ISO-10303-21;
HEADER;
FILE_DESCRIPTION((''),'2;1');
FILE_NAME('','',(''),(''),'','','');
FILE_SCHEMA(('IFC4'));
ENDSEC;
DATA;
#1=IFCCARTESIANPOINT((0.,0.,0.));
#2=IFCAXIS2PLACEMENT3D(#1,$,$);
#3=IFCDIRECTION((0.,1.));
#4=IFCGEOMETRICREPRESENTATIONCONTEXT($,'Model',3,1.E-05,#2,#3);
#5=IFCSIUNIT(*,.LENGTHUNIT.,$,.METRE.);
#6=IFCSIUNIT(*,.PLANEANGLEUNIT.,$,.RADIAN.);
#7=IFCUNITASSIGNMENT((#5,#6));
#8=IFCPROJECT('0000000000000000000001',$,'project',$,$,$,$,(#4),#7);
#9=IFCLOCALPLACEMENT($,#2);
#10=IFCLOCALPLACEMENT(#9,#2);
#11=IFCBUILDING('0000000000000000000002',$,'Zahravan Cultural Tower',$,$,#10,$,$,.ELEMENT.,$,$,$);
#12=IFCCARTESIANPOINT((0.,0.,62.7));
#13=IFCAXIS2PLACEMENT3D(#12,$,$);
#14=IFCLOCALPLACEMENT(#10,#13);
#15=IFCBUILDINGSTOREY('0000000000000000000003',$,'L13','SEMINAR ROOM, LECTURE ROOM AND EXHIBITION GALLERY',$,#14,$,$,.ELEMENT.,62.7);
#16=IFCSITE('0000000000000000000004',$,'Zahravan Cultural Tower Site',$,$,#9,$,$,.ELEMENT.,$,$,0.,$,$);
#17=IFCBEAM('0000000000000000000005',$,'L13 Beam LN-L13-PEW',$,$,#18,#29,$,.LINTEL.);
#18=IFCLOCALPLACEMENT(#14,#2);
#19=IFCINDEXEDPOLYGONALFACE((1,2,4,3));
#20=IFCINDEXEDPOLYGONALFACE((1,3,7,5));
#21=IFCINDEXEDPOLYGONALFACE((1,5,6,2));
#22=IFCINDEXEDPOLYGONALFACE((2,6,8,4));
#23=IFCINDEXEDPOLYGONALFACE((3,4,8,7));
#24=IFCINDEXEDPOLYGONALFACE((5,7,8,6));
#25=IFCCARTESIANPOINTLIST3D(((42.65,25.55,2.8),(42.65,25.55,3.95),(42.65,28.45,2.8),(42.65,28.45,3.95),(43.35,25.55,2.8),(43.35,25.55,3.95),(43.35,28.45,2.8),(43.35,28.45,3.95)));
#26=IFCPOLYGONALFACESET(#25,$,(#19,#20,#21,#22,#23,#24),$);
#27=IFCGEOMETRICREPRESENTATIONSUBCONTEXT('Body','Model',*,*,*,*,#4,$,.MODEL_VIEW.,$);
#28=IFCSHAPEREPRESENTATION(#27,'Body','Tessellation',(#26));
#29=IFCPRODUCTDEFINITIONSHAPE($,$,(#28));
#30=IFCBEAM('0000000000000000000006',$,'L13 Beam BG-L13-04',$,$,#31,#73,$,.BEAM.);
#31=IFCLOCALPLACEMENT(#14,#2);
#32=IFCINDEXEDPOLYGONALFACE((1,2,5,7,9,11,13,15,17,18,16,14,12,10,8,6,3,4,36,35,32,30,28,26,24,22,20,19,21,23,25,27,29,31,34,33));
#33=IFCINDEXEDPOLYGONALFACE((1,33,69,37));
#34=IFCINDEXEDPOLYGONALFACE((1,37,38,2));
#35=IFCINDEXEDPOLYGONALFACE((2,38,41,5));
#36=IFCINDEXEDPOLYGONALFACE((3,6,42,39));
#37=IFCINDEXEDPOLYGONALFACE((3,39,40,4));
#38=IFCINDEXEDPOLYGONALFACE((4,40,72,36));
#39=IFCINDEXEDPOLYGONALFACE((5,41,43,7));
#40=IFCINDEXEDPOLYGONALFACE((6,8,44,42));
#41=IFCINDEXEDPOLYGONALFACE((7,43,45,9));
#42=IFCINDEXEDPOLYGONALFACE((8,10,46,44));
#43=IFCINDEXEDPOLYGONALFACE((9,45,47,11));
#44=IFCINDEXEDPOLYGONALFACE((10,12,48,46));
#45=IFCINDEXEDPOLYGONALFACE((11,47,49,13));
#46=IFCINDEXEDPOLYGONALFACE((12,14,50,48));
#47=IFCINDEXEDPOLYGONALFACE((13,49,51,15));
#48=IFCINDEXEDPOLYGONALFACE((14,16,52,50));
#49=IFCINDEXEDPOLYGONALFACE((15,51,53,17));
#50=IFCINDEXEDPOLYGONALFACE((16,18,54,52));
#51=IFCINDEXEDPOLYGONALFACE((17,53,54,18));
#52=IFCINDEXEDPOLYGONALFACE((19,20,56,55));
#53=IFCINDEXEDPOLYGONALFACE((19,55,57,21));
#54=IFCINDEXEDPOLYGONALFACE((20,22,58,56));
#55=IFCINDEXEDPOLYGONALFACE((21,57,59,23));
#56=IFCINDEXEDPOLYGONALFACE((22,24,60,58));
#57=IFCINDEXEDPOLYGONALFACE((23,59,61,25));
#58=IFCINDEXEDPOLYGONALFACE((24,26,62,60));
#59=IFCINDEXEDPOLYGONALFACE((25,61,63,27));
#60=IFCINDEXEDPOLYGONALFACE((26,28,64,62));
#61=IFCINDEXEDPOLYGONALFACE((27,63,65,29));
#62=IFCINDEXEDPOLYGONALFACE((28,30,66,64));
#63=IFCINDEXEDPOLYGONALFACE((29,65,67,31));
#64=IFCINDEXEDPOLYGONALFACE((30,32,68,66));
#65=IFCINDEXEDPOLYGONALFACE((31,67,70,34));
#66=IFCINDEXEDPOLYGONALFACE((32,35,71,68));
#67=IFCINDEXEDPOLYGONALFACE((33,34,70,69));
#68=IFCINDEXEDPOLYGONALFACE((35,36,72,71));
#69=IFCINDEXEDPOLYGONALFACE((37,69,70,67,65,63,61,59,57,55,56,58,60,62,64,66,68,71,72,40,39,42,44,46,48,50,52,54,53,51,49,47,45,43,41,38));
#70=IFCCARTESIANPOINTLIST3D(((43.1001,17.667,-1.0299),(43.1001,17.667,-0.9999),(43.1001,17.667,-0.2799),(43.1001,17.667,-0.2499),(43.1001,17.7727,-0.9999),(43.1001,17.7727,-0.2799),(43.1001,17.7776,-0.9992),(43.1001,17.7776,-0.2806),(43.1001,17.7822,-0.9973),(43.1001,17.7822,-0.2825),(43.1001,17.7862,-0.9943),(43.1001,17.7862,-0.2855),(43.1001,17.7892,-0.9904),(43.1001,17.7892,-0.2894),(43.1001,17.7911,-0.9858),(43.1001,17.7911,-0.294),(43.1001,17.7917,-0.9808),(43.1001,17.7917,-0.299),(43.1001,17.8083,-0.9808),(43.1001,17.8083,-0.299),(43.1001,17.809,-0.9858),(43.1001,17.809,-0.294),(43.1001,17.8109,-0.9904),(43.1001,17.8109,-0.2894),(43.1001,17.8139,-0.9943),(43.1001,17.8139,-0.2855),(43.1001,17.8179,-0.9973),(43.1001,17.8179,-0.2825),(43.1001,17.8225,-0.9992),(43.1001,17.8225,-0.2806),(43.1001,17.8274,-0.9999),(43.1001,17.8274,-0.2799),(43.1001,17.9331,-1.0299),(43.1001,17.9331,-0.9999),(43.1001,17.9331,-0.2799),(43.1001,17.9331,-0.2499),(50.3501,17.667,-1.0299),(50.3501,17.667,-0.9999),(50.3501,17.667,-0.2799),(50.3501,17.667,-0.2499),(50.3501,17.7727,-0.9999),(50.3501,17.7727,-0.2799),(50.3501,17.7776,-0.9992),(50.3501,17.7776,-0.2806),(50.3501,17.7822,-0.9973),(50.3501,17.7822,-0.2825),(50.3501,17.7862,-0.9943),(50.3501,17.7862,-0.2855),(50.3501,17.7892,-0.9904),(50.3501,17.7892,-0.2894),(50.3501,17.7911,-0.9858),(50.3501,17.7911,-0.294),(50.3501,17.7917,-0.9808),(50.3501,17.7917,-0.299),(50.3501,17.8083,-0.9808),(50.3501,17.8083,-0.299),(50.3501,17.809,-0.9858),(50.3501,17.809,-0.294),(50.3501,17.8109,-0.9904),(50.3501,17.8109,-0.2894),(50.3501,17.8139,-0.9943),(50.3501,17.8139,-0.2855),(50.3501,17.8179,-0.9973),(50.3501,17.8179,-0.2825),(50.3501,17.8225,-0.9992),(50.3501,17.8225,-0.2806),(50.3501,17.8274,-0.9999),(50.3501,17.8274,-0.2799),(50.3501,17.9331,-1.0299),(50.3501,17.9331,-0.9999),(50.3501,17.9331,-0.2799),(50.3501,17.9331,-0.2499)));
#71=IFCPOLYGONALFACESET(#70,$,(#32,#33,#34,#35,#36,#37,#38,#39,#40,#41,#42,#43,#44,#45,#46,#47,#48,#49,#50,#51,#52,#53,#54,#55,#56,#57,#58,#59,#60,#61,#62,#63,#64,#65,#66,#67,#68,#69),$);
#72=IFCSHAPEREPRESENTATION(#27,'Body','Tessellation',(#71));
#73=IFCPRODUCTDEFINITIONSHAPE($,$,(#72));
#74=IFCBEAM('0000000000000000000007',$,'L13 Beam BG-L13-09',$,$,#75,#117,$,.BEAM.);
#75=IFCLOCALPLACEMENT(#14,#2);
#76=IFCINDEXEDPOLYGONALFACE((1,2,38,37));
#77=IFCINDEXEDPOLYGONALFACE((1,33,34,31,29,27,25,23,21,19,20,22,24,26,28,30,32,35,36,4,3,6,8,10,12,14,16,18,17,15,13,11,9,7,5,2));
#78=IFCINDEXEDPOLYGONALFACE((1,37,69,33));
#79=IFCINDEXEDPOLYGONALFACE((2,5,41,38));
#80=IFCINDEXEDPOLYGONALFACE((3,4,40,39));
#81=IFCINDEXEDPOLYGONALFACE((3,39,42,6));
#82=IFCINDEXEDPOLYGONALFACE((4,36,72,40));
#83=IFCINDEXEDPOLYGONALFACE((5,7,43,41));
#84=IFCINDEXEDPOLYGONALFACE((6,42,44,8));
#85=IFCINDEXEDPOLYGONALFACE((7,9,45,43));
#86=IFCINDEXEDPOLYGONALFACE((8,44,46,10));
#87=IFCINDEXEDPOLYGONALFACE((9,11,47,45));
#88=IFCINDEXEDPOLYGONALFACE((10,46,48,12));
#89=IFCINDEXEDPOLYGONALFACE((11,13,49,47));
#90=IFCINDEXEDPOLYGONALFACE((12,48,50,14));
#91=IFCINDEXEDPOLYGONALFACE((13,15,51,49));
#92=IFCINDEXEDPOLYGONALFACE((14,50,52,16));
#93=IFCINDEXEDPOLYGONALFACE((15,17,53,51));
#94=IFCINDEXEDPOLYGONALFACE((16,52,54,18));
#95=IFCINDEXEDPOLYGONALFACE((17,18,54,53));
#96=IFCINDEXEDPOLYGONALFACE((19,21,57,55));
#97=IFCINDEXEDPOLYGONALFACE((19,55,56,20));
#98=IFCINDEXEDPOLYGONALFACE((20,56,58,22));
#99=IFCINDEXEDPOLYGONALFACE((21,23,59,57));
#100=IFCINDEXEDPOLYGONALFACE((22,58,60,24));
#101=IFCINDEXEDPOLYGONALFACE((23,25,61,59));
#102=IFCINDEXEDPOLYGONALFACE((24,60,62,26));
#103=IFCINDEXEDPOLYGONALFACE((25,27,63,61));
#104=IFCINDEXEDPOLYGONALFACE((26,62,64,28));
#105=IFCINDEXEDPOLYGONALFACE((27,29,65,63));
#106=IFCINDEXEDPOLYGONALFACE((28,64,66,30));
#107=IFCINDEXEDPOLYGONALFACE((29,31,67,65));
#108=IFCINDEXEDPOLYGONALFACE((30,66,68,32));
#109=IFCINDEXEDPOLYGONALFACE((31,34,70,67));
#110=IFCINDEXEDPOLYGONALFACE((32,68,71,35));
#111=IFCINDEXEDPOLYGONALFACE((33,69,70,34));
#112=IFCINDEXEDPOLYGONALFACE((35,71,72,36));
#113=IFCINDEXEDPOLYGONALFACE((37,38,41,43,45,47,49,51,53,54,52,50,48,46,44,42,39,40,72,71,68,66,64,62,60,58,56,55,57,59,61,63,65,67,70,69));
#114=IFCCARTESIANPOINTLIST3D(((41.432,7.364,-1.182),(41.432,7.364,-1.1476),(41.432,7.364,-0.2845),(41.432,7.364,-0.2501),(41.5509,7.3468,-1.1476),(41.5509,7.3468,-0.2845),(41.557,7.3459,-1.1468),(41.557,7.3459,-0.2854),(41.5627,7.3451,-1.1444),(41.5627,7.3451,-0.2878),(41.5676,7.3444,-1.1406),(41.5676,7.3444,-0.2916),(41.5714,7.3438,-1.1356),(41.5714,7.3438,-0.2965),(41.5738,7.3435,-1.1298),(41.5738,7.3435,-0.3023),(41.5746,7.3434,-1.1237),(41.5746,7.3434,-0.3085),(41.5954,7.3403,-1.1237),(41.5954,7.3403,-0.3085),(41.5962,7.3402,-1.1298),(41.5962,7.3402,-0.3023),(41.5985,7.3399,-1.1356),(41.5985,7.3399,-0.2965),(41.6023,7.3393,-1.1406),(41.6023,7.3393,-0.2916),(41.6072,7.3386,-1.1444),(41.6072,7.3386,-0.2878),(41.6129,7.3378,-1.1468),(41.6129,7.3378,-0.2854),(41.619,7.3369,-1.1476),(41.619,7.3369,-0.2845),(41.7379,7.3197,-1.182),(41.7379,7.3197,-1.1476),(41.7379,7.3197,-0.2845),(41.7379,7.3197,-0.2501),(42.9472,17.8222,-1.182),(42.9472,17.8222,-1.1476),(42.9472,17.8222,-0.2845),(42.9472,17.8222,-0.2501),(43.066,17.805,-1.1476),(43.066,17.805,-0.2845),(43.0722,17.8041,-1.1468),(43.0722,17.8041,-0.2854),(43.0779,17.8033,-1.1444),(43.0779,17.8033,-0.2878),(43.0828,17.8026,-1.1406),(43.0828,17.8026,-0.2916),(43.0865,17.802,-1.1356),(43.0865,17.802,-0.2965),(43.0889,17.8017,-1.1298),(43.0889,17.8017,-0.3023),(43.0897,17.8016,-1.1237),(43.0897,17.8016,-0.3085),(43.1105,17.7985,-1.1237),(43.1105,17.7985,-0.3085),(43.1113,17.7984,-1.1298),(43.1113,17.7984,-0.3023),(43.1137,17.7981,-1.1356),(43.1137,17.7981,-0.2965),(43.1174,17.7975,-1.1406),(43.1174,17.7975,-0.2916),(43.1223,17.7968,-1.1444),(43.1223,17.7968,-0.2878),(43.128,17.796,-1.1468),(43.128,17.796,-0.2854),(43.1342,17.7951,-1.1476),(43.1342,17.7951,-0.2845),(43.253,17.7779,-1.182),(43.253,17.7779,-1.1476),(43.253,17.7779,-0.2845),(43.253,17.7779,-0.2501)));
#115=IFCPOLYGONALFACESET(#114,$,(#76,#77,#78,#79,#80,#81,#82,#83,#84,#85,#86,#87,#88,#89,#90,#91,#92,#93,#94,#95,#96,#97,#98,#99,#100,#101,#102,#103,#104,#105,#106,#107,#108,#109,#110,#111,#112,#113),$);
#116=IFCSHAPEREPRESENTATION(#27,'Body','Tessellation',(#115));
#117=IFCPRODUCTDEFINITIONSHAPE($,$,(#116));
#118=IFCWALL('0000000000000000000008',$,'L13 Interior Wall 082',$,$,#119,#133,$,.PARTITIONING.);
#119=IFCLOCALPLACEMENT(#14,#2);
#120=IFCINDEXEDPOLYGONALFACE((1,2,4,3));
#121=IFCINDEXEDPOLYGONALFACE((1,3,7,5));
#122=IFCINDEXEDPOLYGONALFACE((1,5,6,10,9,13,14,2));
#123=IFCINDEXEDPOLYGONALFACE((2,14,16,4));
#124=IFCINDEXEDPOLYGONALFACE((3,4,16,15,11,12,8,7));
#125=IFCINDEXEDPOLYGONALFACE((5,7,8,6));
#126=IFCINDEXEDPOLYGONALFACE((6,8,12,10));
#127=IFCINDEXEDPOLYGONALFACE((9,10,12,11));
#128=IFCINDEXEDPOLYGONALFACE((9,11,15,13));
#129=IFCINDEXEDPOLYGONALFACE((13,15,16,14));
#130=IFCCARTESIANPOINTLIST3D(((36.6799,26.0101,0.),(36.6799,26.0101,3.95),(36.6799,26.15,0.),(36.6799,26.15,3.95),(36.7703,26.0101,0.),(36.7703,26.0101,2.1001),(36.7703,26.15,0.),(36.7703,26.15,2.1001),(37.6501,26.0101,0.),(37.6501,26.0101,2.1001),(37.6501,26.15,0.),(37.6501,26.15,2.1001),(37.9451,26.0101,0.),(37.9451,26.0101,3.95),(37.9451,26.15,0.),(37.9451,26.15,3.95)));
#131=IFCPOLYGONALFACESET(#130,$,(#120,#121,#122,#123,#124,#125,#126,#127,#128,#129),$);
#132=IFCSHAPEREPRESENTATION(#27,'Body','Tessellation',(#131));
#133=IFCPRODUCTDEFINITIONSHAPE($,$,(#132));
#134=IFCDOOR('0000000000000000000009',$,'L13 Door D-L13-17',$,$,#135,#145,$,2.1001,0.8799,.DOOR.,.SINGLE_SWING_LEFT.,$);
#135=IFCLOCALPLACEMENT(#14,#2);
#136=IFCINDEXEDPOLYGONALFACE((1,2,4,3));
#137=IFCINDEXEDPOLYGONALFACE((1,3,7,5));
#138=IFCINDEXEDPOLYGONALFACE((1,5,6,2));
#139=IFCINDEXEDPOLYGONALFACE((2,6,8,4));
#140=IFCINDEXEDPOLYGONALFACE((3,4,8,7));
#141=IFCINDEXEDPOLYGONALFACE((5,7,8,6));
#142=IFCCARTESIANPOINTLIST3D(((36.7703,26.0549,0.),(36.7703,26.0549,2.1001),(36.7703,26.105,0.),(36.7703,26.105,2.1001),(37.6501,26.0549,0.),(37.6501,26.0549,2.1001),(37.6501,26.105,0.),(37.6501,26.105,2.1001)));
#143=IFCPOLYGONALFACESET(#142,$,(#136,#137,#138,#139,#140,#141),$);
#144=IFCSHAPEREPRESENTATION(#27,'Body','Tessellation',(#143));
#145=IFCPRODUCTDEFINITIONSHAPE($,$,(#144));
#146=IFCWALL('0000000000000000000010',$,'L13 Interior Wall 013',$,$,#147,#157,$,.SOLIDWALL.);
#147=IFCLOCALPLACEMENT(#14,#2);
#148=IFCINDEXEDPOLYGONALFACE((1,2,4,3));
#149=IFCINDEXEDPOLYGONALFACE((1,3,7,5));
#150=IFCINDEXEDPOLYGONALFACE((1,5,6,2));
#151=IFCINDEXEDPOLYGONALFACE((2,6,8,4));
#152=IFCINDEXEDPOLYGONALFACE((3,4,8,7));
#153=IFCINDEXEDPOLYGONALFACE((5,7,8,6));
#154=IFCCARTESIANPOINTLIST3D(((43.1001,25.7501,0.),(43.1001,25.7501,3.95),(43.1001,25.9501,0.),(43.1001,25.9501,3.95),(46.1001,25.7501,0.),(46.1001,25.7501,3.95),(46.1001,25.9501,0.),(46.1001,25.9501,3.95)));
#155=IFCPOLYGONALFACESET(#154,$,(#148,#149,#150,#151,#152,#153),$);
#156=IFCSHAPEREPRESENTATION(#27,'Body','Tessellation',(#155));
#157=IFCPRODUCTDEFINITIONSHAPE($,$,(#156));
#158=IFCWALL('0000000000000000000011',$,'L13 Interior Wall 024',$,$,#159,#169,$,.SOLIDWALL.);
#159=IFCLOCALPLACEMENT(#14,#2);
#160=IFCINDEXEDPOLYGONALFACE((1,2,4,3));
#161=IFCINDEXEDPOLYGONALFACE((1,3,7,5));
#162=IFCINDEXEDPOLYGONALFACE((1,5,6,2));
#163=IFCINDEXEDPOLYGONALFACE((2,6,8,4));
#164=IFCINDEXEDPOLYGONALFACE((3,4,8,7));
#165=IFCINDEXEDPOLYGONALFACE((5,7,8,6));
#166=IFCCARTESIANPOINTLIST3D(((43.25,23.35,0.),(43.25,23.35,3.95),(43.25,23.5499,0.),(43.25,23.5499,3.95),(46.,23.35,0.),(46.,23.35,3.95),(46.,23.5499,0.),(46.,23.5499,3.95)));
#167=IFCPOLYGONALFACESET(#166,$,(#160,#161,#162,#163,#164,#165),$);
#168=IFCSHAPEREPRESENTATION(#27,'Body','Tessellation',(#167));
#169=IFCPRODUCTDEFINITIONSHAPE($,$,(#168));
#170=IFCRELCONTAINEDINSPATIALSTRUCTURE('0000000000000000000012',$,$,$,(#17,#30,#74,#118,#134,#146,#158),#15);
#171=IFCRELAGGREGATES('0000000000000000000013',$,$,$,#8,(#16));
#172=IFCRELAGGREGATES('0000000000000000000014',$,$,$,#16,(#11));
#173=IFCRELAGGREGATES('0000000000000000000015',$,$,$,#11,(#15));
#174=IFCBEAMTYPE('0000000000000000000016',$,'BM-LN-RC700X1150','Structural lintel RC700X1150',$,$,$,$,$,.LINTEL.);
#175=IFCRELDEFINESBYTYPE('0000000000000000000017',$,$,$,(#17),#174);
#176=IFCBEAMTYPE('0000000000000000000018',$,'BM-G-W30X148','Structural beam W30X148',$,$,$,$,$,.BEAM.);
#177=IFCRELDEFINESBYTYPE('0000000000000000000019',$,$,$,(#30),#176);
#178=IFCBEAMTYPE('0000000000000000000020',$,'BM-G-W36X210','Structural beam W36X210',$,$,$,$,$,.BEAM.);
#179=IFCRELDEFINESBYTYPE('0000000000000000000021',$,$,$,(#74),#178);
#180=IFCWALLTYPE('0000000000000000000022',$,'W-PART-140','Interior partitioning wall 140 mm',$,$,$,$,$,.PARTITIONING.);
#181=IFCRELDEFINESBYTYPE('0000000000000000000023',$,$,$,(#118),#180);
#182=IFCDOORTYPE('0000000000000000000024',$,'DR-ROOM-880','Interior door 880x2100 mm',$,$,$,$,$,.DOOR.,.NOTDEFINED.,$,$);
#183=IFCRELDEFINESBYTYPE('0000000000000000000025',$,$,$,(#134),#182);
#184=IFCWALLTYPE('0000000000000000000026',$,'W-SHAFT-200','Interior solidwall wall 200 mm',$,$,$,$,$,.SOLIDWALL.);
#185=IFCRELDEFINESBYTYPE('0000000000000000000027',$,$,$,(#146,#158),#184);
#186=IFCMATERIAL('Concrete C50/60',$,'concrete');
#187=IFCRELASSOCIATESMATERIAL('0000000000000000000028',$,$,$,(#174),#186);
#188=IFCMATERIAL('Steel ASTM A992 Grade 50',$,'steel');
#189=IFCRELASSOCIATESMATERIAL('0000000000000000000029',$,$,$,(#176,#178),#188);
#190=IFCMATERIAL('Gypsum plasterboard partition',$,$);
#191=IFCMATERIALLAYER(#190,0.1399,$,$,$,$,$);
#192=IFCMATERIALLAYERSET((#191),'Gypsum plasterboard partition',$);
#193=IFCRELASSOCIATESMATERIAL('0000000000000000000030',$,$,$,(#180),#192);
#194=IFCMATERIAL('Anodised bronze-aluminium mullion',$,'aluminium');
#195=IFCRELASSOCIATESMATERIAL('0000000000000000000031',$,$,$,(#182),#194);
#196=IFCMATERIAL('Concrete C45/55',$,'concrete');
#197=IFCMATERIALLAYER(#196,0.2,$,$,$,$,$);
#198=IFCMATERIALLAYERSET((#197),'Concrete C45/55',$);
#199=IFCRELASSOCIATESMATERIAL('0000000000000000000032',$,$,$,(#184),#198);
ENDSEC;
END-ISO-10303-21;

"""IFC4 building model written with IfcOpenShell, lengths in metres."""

from ifc_helpers import new_model, si_unit, direction, frame, frame_2d, origin, origin_2d, place, context, subcontext, project, spatial, rectangle, i_section, extrude, source, transform, mapped, material, layer, layer_set, material_profile, profile_set, type_object, element, fill, save


model = new_model("IFC4")

# Units and contexts
model_context = context("Model", 3, precision=1e-05, world=origin(), true_north=direction((0.0, 1.0)))
body_context = subcontext(model_context, "Body", "Model", "MODEL_VIEW")
ifc_project = project(units=[si_unit("LENGTHUNIT", "METRE"), si_unit("PLANEANGLEUNIT", "RADIAN")], contexts=[model_context])

# Site, building, storey
site_placement = place(None, origin())
site = spatial("IfcSite", under=ifc_project, at=site_placement, Name="Zahravan Cultural Tower Site", CompositionType="ELEMENT", RefElevation=0.0)
building_placement = place(site_placement, origin())
building = spatial("IfcBuilding", under=site, at=building_placement, Name="Zahravan Cultural Tower", CompositionType="ELEMENT")
storey_placement = place(building_placement, frame((0.0, 0.0, 62.7)))
storey = spatial("IfcBuildingStorey", under=building, at=storey_placement, Name="L13", Description="SEMINAR ROOM, LECTURE ROOM AND EXHIBITION GALLERY", CompositionType="ELEMENT", Elevation=62.7)

# Beams
ifc_material_1 = material(Name="Concrete C50/60", Category="concrete")
ifc_material_profile_1 = material_profile(ifc_material_1, rectangle(XDim=0.7, YDim=1.1499, at=origin_2d()), Name="RC700X1150")
ifc_profile_set_1 = profile_set([ifc_material_profile_1], Name="Concrete C50/60")
beam_type_1 = type_object("IfcBeamType", Name="BM-LN-RC700X1150", Description="Structural lintel RC700X1150", PredefinedType="LINTEL", material=ifc_profile_set_1)
shared_shape_1 = source(origin(), body_context, "Body", "SweptSolid", [
    extrude(rectangle(XDim=0.7, YDim=1.1499, at=origin_2d()), origin(), (0.0, 0.0, 1.0), 2.8999),
])
beam_1_placement = place(storey_placement, frame((43.0, 25.55, 3.375), z_axis=(0.0, 1.0, 0.0), x_axis=(-1.0, 0.0, 0.0)))
element("IfcBeam", 1, at=beam_1_placement, inside=storey, type_object=beam_type_1, Name="L13 Beam LN-L13-PEW", PredefinedType="LINTEL", context=body_context, shape_type="MappedRepresentation", body=[
    mapped(shared_shape_1, transform((0.0, 0.0, 0.0), x_axis=(1.0, 0.0, 0.0), y_axis=(0.0, 1.0, 0.0), z_axis=(0.0, 0.0, 1.0), scale=1.0)),
])
ifc_material_2 = material(Name="Steel ASTM A992 Grade 50", Category="steel")
ifc_material_profile_2 = material_profile(ifc_material_2, i_section(OverallWidth=0.2661, OverallDepth=0.78, WebThickness=0.0166, FlangeThickness=0.03, FilletRadius=0.019, at=origin_2d()), Name="W30X148")
ifc_profile_set_2 = profile_set([ifc_material_profile_2], Name="Steel ASTM A992 Grade 50")
beam_type_2 = type_object("IfcBeamType", Name="BM-G-W30X148", Description="Structural beam W30X148", PredefinedType="BEAM", material=ifc_profile_set_2)
shared_shape_2 = source(origin(), body_context, "Body", "SweptSolid", [
    extrude(i_section(OverallWidth=0.2661, OverallDepth=0.78, WebThickness=0.0166, FlangeThickness=0.03, FilletRadius=0.019, at=origin_2d()), origin(), (0.0, 0.0, 1.0), 7.25),
])
beam_2_placement = place(storey_placement, frame((43.1001, 17.8, -0.6399), z_axis=(1.0, 0.0, 0.0), x_axis=(0.0, 1.0, 0.0)))
element("IfcBeam", 2, at=beam_2_placement, inside=storey, type_object=beam_type_2, Name="L13 Beam BG-L13-04", PredefinedType="BEAM", context=body_context, shape_type="MappedRepresentation", body=[
    mapped(shared_shape_2, transform((0.0, 0.0, 0.0), x_axis=(1.0, 0.0, 0.0), y_axis=(0.0, 1.0, 0.0), z_axis=(0.0, 0.0, 1.0), scale=1.0)),
])
ifc_material_profile_3 = material_profile(ifc_material_2, i_section(OverallWidth=0.3091, OverallDepth=0.9319, WebThickness=0.021, FlangeThickness=0.0344, FilletRadius=0.0239, at=origin_2d()), Name="W36X210")
ifc_profile_set_3 = profile_set([ifc_material_profile_3], Name="Steel ASTM A992 Grade 50")
beam_type_3 = type_object("IfcBeamType", Name="BM-G-W36X210", Description="Structural beam W36X210", PredefinedType="BEAM", material=ifc_profile_set_3)
shared_shape_3 = source(origin(), body_context, "Body", "SweptSolid", [
    extrude(i_section(OverallWidth=0.3091, OverallDepth=0.9319, WebThickness=0.021, FlangeThickness=0.0344, FilletRadius=0.0239, at=origin_2d()), origin(), (0.0, 0.0, 1.0), 10.5674),
])
beam_3_placement = place(storey_placement, frame((43.1001, 17.8, -0.7161), z_axis=(-0.143378, -0.989668, 0.0), x_axis=(0.989668, -0.143378, 0.0)))
element("IfcBeam", 3, at=beam_3_placement, inside=storey, type_object=beam_type_3, Name="L13 Beam BG-L13-09", PredefinedType="BEAM", context=body_context, shape_type="MappedRepresentation", body=[
    mapped(shared_shape_3, transform((0.0, 0.0, 0.0), x_axis=(1.0, 0.0, 0.0), y_axis=(0.0, 1.0, 0.0), z_axis=(0.0, 0.0, 1.0), scale=1.0)),
])

# Wall, opening, door
ifc_material_3 = material(Name="Gypsum plasterboard partition")
ifc_layer_1 = layer(ifc_material_3, 0.1399)
ifc_layer_set_1 = layer_set([ifc_layer_1], Name="Gypsum plasterboard partition")
wall_type_1 = type_object("IfcWallType", Name="W-PART-140", Description="Interior partitioning wall 140 mm", PredefinedType="PARTITIONING", material=ifc_layer_set_1)
wall_1_placement = place(storey_placement, frame((36.6799, 26.0801, 0.0), z_axis=(0.0, 0.0, 1.0), x_axis=(1.0, 0.0, 0.0)))
wall_1 = element("IfcWall", 4, at=wall_1_placement, inside=storey, type_object=wall_type_1, Name="L13 Interior Wall 082", PredefinedType="PARTITIONING", context=body_context, shape_type="SweptSolid", body=[
    extrude(rectangle(XDim=1.2651, YDim=0.1399, at=frame_2d((0.6326, 0.0))), origin(), (0.0, 0.0, 1.0), 3.95),
])
opening_1_placement = place(wall_1_placement, frame((0.0903, 0.0, 0.0)))
opening_1 = element("IfcOpeningElement", 5, at=opening_1_placement, cuts=wall_1, PredefinedType="OPENING", context=body_context, shape_type="SweptSolid", body=[
    extrude(rectangle(XDim=0.8799, YDim=2.1001, at=frame_2d((0.4399, 1.05))), frame((0.0, 0.0798, 0.0), z_axis=(0.0, -1.0, 0.0), x_axis=(1.0, 0.0, 0.0)), (0.0, 0.0, 1.0), 0.1599),
])
ifc_material_4 = material(Name="Anodised bronze-aluminium mullion", Category="aluminium")
door_type_1 = type_object("IfcDoorType", Name="DR-ROOM-880", Description="Interior door 880x2100 mm", OperationType="NOTDEFINED", PredefinedType="DOOR", material=ifc_material_4)
shared_shape_4 = source(origin(), body_context, "Body", "SweptSolid", [
    extrude(rectangle(XDim=0.8799, YDim=2.1001, at=frame_2d((0.4399, 1.05))), frame((0.0, 0.0249, 0.0), z_axis=(0.0, -1.0, 0.0), x_axis=(1.0, 0.0, 0.0)), (0.0, 0.0, 1.0), 0.05),
])
door_1_placement = place(opening_1_placement, origin())
door_1 = element("IfcDoor", 6, at=door_1_placement, inside=storey, type_object=door_type_1, Name="L13 Door D-L13-17", OperationType="SINGLE_SWING_LEFT", OverallHeight=2.1001, OverallWidth=0.8799, PredefinedType="DOOR", context=body_context, shape_type="MappedRepresentation", body=[
    mapped(shared_shape_4, transform((0.0, 0.0, 0.0), x_axis=(1.0, 0.0, 0.0), y_axis=(0.0, 1.0, 0.0), z_axis=(0.0, 0.0, 1.0), scale=1.0)),
])
fill(opening_1, door_1)
ifc_material_5 = material(Name="Concrete C45/55", Category="concrete")
ifc_layer_2 = layer(ifc_material_5, 0.2)
ifc_layer_set_2 = layer_set([ifc_layer_2], Name="Concrete C45/55")
wall_type_2 = type_object("IfcWallType", Name="W-SHAFT-200", Description="Interior solidwall wall 200 mm", PredefinedType="SOLIDWALL", material=ifc_layer_set_2)

# Walls
shared_shape_5 = source(origin(), body_context, "Body", "SweptSolid", [
    extrude(rectangle(XDim=3.0, YDim=0.2, at=frame_2d((1.5, 0.0))), origin(), (0.0, 0.0, 1.0), 3.95),
])
wall_2_placement = place(storey_placement, frame((43.1001, 25.8501, 0.0), z_axis=(0.0, 0.0, 1.0), x_axis=(1.0, 0.0, 0.0)))
element("IfcWall", 7, at=wall_2_placement, inside=storey, type_object=wall_type_2, Name="L13 Interior Wall 013", PredefinedType="SOLIDWALL", context=body_context, shape_type="MappedRepresentation", body=[
    mapped(shared_shape_5, transform((0.0, 0.0, 0.0), x_axis=(1.0, 0.0, 0.0), y_axis=(0.0, 1.0, 0.0), z_axis=(0.0, 0.0, 1.0), scale=1.0)),
])
shared_shape_6 = source(origin(), body_context, "Body", "SweptSolid", [
    extrude(rectangle(XDim=2.75, YDim=0.2, at=frame_2d((1.375, 0.0))), origin(), (0.0, 0.0, 1.0), 3.95),
])
for number, where, z_axis, x_axis, name in (
    (8, (43.25, 23.45, 0.0), (0.0, 0.0, 1.0), (1.0, 0.0, 0.0), "L13 Interior Wall 024"),
):
    element("IfcWall", number, at=place(storey_placement, frame(where, z_axis=z_axis, x_axis=x_axis)), inside=storey, type_object=wall_type_2, Name=name, PredefinedType="SOLIDWALL", context=body_context, shape_type="MappedRepresentation", body=[
        mapped(shared_shape_6, transform((0.0, 0.0, 0.0), x_axis=(1.0, 0.0, 0.0), y_axis=(0.0, 1.0, 0.0), z_axis=(0.0, 0.0, 1.0), scale=1.0)),
    ])

save(model, "model.ifc")
